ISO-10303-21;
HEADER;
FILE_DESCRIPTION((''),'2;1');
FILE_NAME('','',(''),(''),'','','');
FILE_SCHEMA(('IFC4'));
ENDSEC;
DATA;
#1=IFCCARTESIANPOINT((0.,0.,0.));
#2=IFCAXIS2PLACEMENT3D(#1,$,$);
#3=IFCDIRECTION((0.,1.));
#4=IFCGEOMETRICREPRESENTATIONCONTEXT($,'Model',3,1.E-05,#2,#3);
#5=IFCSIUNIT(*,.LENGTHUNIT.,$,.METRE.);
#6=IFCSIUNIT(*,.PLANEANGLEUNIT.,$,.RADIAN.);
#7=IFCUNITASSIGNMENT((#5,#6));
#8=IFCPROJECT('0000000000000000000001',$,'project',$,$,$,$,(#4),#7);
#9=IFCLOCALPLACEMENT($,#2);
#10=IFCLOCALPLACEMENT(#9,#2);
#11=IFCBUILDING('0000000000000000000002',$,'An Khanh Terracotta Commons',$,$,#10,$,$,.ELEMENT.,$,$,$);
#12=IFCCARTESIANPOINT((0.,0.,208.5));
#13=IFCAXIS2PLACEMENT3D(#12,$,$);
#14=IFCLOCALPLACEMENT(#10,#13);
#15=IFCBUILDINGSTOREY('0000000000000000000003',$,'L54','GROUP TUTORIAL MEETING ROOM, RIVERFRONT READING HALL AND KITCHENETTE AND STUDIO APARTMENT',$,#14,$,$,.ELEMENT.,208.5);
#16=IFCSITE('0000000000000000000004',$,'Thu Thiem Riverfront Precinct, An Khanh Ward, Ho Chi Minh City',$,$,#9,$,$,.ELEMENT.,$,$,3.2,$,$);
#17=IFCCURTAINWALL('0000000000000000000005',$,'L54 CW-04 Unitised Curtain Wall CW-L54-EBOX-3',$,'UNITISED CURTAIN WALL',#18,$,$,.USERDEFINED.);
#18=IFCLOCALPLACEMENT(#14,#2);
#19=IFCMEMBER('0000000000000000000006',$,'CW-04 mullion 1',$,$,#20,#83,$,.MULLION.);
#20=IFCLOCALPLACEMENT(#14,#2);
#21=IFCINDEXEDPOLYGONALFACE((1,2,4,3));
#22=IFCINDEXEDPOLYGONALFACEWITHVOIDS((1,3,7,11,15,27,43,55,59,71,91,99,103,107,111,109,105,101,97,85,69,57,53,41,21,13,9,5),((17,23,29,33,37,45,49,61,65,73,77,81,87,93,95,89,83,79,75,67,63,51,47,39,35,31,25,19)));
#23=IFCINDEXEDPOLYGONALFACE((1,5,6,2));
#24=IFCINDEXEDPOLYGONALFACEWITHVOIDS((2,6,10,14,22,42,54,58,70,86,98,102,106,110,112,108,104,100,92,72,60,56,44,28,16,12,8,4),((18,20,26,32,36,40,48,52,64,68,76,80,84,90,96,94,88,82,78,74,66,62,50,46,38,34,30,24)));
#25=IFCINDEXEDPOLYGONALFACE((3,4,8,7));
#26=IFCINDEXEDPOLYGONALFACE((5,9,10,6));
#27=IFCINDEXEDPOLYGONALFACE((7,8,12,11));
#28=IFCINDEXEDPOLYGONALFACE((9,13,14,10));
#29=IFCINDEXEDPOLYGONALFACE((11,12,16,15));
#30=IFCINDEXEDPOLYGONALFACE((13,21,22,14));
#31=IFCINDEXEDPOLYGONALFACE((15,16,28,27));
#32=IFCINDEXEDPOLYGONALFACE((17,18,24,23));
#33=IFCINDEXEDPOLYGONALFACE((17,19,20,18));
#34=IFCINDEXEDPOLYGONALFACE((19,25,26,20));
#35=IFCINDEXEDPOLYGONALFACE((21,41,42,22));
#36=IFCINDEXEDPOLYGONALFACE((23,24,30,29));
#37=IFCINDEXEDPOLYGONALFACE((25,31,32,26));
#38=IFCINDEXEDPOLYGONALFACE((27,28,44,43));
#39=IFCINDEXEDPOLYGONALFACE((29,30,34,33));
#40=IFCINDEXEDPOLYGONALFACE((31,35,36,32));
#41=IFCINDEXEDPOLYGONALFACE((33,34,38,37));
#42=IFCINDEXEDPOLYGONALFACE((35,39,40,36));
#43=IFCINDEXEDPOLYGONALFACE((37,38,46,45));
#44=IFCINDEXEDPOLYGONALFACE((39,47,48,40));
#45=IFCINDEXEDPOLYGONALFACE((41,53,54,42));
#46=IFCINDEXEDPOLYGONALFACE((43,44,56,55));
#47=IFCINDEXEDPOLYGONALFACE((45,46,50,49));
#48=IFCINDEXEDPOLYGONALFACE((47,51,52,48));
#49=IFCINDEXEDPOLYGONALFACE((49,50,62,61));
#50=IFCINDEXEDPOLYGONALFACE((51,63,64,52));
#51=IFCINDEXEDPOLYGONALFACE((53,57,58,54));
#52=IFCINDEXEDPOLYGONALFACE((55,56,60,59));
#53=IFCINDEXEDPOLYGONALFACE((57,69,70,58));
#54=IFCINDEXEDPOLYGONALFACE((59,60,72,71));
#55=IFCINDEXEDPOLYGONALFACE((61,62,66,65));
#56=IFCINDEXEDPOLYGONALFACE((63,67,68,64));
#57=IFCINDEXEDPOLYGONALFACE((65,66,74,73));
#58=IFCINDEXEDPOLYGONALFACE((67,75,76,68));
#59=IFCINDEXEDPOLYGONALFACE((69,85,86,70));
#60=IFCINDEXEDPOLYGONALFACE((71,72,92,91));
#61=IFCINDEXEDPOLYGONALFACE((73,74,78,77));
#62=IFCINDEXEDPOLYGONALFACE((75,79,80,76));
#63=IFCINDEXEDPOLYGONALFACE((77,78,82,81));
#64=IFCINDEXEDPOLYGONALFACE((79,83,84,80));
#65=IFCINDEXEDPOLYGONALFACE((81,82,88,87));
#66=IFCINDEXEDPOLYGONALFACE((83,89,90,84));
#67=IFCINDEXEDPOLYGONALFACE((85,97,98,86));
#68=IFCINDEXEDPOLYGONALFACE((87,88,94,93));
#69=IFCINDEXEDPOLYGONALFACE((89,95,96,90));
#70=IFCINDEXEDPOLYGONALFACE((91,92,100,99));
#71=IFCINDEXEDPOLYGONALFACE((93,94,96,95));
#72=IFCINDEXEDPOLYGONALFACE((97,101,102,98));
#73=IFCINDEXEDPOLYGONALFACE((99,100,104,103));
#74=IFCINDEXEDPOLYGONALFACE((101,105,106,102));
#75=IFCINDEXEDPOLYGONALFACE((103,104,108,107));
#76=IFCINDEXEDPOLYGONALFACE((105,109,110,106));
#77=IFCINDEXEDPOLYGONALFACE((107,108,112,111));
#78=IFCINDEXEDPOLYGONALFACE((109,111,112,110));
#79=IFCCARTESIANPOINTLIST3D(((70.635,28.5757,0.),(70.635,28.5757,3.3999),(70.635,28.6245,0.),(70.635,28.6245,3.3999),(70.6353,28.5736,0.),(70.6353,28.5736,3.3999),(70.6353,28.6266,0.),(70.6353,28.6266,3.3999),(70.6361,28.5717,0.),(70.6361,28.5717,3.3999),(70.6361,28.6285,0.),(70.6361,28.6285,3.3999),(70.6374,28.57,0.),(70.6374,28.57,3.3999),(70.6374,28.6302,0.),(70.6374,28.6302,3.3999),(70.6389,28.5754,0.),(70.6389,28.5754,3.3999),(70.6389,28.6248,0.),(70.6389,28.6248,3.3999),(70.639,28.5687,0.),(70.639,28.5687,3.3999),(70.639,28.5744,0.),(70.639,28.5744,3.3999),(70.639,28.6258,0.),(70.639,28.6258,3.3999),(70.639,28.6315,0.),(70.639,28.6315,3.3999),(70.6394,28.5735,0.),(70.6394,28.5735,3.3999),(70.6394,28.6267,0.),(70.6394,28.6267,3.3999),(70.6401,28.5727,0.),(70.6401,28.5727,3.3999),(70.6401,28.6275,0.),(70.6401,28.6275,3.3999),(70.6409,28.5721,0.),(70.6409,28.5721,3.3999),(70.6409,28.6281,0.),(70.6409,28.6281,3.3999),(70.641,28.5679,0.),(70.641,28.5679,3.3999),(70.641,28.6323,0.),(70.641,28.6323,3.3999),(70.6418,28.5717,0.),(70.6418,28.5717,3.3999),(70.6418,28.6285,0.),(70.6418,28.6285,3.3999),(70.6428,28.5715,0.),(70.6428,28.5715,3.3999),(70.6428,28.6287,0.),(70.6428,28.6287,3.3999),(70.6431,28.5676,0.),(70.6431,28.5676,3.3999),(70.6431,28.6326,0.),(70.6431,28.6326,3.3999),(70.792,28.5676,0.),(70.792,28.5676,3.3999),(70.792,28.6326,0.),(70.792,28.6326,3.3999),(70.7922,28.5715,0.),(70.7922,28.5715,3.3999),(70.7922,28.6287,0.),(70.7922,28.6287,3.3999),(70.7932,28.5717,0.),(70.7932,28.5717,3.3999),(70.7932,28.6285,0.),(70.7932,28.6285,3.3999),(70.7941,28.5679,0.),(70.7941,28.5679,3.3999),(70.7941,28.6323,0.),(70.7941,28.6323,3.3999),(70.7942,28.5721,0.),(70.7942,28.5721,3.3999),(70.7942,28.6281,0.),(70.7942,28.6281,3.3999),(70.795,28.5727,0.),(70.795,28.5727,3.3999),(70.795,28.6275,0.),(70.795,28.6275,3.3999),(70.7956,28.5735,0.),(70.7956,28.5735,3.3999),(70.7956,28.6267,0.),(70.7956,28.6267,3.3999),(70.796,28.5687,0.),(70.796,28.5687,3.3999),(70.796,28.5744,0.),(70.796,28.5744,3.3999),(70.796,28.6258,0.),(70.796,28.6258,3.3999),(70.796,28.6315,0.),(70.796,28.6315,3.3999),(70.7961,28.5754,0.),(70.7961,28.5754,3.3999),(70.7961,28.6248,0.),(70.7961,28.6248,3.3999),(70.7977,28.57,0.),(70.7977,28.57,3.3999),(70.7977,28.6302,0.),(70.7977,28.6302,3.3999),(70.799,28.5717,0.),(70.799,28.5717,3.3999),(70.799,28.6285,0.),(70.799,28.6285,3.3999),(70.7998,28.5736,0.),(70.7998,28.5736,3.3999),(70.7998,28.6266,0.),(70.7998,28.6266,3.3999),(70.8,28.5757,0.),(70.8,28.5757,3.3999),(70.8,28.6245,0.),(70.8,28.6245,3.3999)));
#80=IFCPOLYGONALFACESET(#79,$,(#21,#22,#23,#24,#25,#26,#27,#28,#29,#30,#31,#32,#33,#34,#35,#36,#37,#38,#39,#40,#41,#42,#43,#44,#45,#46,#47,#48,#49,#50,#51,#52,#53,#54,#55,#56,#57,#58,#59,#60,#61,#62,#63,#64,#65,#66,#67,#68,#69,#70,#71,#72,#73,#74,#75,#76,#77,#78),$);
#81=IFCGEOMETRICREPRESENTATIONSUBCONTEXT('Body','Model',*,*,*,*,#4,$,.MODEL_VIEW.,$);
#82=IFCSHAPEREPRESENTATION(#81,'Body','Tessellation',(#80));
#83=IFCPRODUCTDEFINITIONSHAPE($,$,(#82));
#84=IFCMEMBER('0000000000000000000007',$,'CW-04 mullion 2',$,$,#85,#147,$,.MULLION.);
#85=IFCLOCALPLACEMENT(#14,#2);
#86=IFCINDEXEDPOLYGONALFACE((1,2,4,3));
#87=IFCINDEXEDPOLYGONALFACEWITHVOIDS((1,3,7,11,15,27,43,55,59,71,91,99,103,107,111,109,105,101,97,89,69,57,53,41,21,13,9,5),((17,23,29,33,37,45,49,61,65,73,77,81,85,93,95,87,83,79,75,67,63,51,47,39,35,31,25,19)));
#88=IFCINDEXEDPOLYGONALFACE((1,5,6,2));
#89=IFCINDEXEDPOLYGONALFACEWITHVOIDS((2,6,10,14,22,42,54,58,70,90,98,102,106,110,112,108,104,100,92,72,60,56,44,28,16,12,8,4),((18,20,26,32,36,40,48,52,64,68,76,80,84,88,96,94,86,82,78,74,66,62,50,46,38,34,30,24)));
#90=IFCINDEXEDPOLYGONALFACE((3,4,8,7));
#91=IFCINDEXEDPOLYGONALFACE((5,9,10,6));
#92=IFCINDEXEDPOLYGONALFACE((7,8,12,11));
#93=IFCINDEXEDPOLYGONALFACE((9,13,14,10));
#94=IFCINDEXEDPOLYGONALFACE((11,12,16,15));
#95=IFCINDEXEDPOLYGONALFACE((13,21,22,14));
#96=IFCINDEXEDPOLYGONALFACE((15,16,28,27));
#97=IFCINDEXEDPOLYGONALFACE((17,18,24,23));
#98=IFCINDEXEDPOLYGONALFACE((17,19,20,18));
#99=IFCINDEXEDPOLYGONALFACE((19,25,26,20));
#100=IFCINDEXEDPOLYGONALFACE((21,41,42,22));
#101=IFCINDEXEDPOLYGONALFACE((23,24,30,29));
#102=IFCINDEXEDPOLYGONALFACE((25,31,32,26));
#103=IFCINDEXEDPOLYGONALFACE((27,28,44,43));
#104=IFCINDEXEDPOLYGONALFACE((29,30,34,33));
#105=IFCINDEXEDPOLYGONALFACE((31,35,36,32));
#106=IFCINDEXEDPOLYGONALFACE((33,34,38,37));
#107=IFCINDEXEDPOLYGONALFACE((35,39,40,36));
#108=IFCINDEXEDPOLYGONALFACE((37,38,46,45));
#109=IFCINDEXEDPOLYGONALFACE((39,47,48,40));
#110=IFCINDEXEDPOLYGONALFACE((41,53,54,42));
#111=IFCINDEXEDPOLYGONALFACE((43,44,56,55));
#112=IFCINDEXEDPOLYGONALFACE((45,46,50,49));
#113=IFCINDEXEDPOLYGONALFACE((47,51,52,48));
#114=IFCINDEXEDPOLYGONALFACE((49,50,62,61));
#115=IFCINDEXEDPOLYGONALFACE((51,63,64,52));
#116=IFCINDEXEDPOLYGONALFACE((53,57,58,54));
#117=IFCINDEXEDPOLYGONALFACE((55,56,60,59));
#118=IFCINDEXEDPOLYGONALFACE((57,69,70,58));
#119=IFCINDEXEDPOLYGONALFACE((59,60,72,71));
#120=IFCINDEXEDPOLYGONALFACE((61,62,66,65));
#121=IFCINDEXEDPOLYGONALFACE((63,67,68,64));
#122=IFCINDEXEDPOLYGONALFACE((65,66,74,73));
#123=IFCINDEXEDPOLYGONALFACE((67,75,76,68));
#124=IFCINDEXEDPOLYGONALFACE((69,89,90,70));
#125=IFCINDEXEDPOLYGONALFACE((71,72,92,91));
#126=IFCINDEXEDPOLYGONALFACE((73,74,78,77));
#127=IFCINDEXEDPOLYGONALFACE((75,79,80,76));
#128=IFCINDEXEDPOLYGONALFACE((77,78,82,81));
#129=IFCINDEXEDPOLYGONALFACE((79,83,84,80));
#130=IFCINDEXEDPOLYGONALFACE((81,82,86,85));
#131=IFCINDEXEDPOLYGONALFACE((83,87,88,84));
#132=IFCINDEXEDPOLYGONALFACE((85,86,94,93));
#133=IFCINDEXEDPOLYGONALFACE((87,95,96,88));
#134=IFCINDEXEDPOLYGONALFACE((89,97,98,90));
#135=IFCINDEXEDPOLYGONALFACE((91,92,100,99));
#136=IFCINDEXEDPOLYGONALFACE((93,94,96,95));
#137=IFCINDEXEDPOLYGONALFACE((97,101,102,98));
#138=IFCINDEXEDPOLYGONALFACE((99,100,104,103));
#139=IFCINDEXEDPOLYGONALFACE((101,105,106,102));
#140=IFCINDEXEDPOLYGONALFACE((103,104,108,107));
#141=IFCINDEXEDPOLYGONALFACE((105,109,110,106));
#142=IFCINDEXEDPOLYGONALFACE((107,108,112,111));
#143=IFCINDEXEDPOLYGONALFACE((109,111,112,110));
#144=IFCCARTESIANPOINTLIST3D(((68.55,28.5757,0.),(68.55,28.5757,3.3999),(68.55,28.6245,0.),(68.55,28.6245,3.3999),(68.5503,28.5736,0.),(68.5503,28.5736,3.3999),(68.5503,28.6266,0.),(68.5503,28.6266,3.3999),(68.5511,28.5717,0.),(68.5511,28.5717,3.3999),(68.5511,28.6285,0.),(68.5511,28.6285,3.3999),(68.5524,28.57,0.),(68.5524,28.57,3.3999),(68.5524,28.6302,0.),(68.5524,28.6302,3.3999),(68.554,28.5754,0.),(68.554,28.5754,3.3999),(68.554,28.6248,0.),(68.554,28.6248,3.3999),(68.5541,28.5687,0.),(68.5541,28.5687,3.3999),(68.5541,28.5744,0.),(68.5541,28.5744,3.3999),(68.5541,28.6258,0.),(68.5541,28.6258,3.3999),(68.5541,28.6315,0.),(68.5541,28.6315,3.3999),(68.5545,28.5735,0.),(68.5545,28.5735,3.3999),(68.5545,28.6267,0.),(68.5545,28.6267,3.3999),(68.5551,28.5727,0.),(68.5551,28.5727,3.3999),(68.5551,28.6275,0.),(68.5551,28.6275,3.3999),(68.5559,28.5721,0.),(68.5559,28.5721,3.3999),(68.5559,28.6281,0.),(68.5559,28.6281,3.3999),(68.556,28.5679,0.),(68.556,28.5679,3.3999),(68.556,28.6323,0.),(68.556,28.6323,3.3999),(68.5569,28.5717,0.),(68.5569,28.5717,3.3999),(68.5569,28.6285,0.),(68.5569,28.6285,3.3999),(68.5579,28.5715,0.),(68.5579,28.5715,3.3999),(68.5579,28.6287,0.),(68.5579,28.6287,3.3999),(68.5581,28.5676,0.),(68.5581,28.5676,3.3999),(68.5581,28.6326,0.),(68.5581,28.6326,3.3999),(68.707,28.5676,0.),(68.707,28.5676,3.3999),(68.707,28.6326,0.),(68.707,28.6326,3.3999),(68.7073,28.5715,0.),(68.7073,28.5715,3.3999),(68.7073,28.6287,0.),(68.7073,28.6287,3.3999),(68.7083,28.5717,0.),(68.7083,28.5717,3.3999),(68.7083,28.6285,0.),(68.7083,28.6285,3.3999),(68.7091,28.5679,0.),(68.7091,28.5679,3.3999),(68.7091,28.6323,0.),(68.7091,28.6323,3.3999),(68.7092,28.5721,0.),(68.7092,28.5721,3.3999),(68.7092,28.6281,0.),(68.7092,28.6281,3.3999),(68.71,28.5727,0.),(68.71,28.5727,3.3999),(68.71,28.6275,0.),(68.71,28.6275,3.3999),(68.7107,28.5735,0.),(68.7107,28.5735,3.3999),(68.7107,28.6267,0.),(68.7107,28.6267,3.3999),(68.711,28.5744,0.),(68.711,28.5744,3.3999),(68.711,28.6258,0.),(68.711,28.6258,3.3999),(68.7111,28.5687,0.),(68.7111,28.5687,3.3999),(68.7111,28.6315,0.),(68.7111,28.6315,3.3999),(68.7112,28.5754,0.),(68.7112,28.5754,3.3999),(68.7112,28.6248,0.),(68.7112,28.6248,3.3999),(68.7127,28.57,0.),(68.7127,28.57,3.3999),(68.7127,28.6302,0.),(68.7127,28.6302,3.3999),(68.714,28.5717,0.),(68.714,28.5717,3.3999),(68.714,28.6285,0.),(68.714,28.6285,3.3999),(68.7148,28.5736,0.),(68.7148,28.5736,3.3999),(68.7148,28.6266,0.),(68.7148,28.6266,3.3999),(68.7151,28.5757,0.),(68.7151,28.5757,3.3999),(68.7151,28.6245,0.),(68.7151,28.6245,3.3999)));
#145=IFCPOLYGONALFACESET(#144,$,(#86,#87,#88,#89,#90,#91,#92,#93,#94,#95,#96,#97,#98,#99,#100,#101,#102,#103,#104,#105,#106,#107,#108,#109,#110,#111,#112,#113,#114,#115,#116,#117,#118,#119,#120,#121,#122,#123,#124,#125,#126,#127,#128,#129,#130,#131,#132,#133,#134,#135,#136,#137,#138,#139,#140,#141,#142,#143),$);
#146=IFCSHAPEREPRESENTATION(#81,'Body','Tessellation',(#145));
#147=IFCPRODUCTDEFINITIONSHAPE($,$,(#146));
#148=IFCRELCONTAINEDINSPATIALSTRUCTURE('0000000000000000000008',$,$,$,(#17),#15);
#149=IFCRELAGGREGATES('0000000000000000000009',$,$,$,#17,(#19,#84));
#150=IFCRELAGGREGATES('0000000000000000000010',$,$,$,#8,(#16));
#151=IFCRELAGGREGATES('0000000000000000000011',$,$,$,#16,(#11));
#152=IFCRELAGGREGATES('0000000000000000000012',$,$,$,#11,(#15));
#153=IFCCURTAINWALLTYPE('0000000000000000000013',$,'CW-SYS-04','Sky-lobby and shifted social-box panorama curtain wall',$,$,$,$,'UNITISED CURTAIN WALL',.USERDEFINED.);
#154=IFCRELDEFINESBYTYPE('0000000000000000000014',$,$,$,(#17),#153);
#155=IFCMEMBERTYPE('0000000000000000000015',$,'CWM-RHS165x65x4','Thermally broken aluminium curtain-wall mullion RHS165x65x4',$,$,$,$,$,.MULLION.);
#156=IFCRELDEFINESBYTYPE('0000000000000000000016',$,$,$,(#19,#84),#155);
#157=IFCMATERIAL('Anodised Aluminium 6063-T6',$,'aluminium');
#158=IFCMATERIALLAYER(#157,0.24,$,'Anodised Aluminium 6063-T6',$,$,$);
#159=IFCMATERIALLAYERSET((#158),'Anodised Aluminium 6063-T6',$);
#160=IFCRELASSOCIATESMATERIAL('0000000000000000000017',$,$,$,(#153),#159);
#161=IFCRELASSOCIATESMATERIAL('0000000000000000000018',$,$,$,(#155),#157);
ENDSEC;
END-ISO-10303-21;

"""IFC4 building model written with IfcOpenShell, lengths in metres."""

from ifc_helpers import new_model, si_unit, direction, frame, origin, origin_2d, place, context, subcontext, project, spatial, hollow_rectangle, extrude, material, layer, layer_set, material_profile, profile_set, type_object, element, aggregate, save


model = new_model("IFC4")

# Units and contexts
model_context = context("Model", 3, precision=1e-05, world=origin(), true_north=direction((0.0, 1.0)))
body_context = subcontext(model_context, "Body", "Model", "MODEL_VIEW")
ifc_project = project(units=[si_unit("LENGTHUNIT", "METRE"), si_unit("PLANEANGLEUNIT", "RADIAN")], contexts=[model_context])

# Site, building, storey
site_placement = place(None, origin())
site = spatial("IfcSite", under=ifc_project, at=site_placement, Name="Thu Thiem Riverfront Precinct, An Khanh Ward, Ho Chi Minh City", CompositionType="ELEMENT", RefElevation=3.2)
building_placement = place(site_placement, origin())
building = spatial("IfcBuilding", under=site, at=building_placement, Name="An Khanh Terracotta Commons", CompositionType="ELEMENT")
storey_placement = place(building_placement, frame((0.0, 0.0, 208.5)))
storey = spatial("IfcBuildingStorey", under=building, at=storey_placement, Name="L54", Description="GROUP TUTORIAL MEETING ROOM, RIVERFRONT READING HALL AND KITCHENETTE AND STUDIO APARTMENT", CompositionType="ELEMENT", Elevation=208.5)

# Curtain wall, members
ifc_material_1 = material(Name="Anodised Aluminium 6063-T6", Category="aluminium")
ifc_layer_1 = layer(ifc_material_1, 0.24, Name="Anodised Aluminium 6063-T6")
ifc_layer_set_1 = layer_set([ifc_layer_1], Name="Anodised Aluminium 6063-T6")
curtain_wall_type_1 = type_object("IfcCurtainWallType", Name="CW-SYS-04", Description="Sky-lobby and shifted social-box panorama curtain wall", ElementType="UNITISED CURTAIN WALL", PredefinedType="USERDEFINED", material=ifc_layer_set_1)
ifc_material_profile_1 = material_profile(ifc_material_1, hollow_rectangle(XDim=0.0649, YDim=0.165, WallThickness=0.0039, InnerFilletRadius=0.0039, OuterFilletRadius=0.0081, at=origin_2d()), Name="RHS165x65x4")
ifc_profile_set_1 = profile_set([ifc_material_profile_1], Name="Anodised Aluminium 6063-T6")
member_type_1 = type_object("IfcMemberType", Name="CWM-RHS165x65x4", Description="Thermally broken aluminium curtain-wall mullion RHS165x65x4", PredefinedType="MULLION", material=ifc_profile_set_1)
curtain_wall_1_placement = place(storey_placement, origin())
curtain_wall_1 = element("IfcCurtainWall", 1, at=curtain_wall_1_placement, inside=storey, type_object=curtain_wall_type_1, Name="L54 CW-04 Unitised Curtain Wall CW-L54-EBOX-3", ObjectType="UNITISED CURTAIN WALL", PredefinedType="USERDEFINED")
member_1_placement = place(storey_placement, frame((70.7175, 28.6001, 0.0), z_axis=(0.0, 0.0, 1.0), x_axis=(0.0, -1.0, 0.0)))
member_1 = element("IfcMember", 2, at=member_1_placement, type_object=member_type_1, Name="CW-04 mullion 1", PredefinedType="MULLION", context=body_context, shape_type="SweptSolid", body=[
    extrude(hollow_rectangle(XDim=0.0649, YDim=0.165, WallThickness=0.0039, InnerFilletRadius=0.0039, OuterFilletRadius=0.0081, at=origin_2d()), origin(), (0.0, 0.0, 1.0), 3.3999),
])
member_2_placement = place(storey_placement, frame((68.6326, 28.6001, 0.0), z_axis=(0.0, 0.0, 1.0), x_axis=(0.0, -1.0, 0.0)))
member_2 = element("IfcMember", 3, at=member_2_placement, type_object=member_type_1, Name="CW-04 mullion 2", PredefinedType="MULLION", context=body_context, shape_type="SweptSolid", body=[
    extrude(hollow_rectangle(XDim=0.0649, YDim=0.165, WallThickness=0.0039, InnerFilletRadius=0.0039, OuterFilletRadius=0.0081, at=origin_2d()), origin(), (0.0, 0.0, 1.0), 3.3999),
])

aggregate(curtain_wall_1, [member_1, member_2])

save(model, "model.ifc")
